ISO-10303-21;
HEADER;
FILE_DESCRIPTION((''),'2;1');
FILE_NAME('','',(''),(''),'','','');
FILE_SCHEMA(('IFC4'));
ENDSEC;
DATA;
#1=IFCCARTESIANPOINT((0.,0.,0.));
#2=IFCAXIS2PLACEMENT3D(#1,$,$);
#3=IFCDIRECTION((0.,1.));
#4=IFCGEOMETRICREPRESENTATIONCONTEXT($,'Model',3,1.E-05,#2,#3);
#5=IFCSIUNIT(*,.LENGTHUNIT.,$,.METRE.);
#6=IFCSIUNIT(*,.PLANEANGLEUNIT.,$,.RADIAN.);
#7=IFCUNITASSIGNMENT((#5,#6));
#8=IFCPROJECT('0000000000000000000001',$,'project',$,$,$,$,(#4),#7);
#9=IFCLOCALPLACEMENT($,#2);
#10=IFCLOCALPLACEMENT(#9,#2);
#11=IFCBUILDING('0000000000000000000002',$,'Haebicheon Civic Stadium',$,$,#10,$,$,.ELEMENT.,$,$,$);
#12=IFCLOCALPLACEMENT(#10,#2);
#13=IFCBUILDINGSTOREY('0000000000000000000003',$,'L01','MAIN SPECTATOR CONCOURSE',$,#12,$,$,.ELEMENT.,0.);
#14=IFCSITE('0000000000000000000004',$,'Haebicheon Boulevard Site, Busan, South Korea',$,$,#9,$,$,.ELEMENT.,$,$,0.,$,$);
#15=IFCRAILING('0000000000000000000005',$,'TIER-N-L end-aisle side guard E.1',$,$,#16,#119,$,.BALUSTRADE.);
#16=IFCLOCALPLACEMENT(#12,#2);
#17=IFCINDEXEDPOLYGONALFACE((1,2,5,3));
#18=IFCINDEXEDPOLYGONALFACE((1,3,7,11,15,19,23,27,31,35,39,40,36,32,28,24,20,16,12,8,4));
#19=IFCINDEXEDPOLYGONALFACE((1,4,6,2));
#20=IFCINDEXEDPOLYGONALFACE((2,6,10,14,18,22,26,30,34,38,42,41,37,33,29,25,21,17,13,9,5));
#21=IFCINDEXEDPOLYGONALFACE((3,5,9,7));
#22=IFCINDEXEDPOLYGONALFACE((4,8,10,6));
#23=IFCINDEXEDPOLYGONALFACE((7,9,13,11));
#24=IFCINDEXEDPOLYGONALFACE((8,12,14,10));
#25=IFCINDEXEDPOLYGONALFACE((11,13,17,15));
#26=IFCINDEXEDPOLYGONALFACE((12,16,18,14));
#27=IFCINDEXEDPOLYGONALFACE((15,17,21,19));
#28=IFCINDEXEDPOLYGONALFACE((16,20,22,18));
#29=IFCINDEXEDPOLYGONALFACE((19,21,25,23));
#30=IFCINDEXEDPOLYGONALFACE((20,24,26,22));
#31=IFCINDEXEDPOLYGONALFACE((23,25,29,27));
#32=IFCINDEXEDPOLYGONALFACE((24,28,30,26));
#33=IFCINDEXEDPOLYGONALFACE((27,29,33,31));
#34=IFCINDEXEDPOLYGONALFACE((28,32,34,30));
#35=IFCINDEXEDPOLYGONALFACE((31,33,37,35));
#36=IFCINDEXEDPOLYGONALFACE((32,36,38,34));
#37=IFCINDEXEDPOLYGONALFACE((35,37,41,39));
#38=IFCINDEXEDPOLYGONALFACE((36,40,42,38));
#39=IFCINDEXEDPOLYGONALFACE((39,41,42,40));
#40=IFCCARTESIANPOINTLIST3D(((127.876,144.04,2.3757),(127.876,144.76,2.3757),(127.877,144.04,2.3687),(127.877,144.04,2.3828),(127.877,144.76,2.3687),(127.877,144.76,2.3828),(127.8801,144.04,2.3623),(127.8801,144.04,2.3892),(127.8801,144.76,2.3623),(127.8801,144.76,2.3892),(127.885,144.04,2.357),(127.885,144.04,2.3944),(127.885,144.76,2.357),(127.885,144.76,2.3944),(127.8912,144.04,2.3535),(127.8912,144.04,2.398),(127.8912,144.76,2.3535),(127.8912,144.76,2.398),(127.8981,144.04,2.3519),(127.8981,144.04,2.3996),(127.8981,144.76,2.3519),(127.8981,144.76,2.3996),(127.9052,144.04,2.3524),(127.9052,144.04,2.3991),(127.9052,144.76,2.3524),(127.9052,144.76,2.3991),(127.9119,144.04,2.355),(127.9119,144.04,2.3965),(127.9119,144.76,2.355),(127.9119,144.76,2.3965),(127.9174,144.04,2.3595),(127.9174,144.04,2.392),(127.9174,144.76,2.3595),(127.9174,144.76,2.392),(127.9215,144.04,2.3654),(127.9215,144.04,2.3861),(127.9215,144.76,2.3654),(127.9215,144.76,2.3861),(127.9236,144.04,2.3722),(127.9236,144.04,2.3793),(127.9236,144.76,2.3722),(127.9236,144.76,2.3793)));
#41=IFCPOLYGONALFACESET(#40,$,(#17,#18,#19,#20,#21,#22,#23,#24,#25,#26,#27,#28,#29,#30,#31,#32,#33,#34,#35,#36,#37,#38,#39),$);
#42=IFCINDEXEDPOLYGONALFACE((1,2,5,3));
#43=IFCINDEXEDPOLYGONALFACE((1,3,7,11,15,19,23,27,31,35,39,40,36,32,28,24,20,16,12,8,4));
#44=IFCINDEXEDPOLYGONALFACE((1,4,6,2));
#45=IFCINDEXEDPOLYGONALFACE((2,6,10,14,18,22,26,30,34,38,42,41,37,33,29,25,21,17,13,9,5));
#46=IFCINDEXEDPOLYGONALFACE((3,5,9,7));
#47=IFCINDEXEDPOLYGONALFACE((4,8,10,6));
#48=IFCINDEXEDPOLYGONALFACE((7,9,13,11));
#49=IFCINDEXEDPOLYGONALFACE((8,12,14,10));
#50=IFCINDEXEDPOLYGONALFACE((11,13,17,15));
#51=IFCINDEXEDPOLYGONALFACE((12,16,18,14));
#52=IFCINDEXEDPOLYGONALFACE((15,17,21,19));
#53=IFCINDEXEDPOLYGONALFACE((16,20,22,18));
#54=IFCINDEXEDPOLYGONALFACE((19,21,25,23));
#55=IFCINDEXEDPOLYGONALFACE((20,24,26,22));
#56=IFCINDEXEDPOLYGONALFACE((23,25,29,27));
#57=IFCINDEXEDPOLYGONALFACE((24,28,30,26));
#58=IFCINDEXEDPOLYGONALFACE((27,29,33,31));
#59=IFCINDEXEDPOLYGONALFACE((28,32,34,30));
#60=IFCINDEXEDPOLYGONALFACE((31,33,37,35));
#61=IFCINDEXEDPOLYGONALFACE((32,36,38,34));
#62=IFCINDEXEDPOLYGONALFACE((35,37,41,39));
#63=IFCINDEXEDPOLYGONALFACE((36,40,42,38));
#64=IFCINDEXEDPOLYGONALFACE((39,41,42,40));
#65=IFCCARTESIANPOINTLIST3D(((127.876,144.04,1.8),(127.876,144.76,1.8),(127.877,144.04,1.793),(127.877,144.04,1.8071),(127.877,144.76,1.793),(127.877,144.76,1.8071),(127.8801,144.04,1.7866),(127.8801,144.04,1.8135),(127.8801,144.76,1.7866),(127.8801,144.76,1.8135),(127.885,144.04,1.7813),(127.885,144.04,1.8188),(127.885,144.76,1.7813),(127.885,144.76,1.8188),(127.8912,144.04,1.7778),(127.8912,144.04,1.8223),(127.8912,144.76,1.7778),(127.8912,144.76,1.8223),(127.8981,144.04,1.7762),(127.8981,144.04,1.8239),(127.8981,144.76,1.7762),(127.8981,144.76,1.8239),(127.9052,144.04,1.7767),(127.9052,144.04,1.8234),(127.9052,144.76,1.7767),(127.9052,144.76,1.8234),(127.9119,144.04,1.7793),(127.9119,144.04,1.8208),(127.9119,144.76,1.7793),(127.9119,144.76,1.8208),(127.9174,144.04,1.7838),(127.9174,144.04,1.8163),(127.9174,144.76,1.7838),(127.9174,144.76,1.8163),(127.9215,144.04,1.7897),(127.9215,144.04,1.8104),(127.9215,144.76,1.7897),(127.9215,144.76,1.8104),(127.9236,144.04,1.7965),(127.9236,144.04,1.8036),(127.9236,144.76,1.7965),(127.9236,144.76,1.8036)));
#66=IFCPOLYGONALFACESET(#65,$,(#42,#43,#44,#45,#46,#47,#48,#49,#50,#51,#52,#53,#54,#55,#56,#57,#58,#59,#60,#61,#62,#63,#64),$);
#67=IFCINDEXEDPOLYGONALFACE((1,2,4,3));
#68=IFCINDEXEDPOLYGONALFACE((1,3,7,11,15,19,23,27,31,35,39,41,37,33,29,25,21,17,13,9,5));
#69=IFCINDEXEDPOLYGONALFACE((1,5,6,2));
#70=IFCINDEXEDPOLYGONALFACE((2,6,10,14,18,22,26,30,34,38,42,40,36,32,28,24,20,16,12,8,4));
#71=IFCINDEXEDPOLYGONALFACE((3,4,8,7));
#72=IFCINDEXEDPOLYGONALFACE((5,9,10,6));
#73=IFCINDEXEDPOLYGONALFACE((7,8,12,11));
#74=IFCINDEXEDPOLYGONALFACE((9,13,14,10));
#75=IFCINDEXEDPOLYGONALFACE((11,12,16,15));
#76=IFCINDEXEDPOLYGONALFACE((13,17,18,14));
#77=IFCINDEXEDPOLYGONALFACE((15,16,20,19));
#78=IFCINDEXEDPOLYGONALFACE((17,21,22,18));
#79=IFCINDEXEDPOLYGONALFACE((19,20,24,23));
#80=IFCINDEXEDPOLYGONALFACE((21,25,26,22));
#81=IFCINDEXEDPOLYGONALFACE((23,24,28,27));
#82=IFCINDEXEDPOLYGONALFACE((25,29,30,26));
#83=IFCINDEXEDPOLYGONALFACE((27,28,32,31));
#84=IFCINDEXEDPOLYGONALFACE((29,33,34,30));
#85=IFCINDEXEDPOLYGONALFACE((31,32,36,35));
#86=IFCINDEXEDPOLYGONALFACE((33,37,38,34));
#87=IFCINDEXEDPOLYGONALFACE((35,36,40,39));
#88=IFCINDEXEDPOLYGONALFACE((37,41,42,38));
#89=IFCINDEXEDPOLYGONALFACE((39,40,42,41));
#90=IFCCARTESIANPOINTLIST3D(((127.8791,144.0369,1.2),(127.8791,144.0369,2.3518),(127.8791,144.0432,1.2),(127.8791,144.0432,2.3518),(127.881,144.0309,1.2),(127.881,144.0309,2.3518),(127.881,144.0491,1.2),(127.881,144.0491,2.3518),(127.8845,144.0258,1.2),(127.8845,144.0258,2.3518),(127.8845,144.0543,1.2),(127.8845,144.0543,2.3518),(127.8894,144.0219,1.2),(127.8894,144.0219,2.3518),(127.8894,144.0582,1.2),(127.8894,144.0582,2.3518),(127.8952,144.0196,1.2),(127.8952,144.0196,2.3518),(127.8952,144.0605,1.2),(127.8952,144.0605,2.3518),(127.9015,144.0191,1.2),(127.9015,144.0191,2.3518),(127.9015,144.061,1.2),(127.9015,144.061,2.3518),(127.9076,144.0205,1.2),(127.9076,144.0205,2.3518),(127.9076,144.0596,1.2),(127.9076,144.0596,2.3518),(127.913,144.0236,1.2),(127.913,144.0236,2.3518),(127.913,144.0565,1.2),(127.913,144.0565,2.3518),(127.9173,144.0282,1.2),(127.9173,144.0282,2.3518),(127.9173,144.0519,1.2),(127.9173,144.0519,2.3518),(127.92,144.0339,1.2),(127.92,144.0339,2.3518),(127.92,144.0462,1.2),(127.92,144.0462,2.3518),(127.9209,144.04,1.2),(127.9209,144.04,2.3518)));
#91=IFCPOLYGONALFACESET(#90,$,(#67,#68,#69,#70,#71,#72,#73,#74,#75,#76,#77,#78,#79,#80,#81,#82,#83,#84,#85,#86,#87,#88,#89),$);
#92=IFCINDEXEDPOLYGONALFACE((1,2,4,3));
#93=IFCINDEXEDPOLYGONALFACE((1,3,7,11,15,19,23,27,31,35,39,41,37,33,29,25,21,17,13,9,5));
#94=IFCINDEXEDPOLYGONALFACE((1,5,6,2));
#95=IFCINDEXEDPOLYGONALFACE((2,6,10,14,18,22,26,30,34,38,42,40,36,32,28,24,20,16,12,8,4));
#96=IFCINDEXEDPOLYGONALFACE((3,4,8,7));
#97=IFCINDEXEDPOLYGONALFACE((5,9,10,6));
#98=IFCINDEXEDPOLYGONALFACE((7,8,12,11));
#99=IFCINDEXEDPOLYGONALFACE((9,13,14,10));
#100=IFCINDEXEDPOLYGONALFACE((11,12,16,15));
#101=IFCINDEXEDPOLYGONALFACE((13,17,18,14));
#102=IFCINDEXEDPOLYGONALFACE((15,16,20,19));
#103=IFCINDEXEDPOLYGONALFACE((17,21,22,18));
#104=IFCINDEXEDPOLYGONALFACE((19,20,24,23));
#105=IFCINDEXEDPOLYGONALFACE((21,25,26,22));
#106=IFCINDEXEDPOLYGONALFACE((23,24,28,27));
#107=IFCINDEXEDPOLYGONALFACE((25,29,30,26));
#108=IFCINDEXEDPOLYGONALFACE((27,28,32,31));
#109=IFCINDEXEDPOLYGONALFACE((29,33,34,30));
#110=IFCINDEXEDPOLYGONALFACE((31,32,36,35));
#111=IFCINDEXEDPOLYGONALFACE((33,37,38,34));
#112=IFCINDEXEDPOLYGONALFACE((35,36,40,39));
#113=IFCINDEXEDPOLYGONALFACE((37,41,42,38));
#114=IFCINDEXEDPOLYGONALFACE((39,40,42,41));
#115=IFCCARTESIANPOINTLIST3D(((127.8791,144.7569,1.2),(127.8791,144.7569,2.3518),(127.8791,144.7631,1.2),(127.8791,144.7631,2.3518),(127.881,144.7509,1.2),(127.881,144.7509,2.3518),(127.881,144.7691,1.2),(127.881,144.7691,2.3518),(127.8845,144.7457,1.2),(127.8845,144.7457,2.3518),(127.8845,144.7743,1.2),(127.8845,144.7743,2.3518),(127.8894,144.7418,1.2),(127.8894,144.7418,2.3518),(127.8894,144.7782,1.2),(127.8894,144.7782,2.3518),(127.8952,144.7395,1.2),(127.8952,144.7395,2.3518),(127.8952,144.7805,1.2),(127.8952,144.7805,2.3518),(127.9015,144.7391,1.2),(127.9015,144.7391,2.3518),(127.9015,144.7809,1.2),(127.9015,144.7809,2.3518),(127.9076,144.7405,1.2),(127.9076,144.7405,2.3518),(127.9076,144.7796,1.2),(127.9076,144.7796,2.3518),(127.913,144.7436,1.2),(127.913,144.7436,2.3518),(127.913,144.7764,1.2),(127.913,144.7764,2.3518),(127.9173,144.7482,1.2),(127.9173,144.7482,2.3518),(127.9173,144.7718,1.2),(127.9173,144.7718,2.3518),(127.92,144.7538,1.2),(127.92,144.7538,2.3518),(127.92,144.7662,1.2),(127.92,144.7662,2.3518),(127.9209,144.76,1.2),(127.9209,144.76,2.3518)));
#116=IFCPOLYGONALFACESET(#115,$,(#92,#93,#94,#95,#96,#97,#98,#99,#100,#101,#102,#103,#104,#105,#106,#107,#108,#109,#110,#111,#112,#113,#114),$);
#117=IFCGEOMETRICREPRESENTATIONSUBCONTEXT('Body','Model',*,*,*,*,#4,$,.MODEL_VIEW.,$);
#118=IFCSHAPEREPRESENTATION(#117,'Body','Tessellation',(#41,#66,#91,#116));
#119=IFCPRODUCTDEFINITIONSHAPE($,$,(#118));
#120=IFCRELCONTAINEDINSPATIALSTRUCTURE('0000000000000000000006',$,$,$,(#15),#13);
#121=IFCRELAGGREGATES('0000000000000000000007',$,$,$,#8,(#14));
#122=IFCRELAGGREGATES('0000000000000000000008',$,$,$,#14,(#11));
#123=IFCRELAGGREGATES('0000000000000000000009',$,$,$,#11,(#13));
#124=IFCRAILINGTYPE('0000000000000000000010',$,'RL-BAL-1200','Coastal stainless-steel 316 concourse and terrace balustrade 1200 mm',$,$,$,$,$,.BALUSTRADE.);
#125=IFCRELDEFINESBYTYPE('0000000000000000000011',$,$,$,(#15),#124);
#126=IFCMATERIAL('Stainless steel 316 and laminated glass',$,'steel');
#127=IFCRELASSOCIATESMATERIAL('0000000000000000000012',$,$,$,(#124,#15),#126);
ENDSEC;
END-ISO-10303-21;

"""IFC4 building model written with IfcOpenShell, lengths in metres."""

from ifc_helpers import new_model, si_unit, direction, frame, origin, origin_2d, place, context, subcontext, project, spatial, circle, extrude, material, type_object, element, save


model = new_model("IFC4")

# Units and contexts
model_context = context("Model", 3, precision=1e-05, world=origin(), true_north=direction((0.0, 1.0)))
body_context = subcontext(model_context, "Body", "Model", "MODEL_VIEW")
ifc_project = project(units=[si_unit("LENGTHUNIT", "METRE"), si_unit("PLANEANGLEUNIT", "RADIAN")], contexts=[model_context])

# Site, building, storey
site_placement = place(None, origin())
site = spatial("IfcSite", under=ifc_project, at=site_placement, Name="Haebicheon Boulevard Site, Busan, South Korea", CompositionType="ELEMENT", RefElevation=0.0)
building_placement = place(site_placement, origin())
building = spatial("IfcBuilding", under=site, at=building_placement, Name="Haebicheon Civic Stadium", CompositionType="ELEMENT")
storey_placement = place(building_placement, origin())
storey = spatial("IfcBuildingStorey", under=building, at=storey_placement, Name="L01", Description="MAIN SPECTATOR CONCOURSE", CompositionType="ELEMENT", Elevation=0.0)

# Railing
ifc_material_1 = material(Name="Stainless steel 316 and laminated glass", Category="steel")
railing_type = type_object("IfcRailingType", Name="RL-BAL-1200", Description="Coastal stainless-steel 316 concourse and terrace balustrade 1200 mm", PredefinedType="BALUSTRADE", material=ifc_material_1)
railing_1_placement = place(storey_placement, frame((127.8999, 144.04, 1.2)))
element("IfcRailing", 1, at=railing_1_placement, inside=storey, type_object=railing_type, material=ifc_material_1, Name="TIER-N-L end-aisle side guard E.1", PredefinedType="BALUSTRADE", context=body_context, shape_type="SweptSolid", body=[
    extrude(circle(Radius=0.0239, at=origin_2d()), frame((0.0, 0.0, 1.1758), z_axis=(0.0, 1.0, 0.0), x_axis=(-1.0, 0.0, 0.0)), (0.0, 0.0, 1.0), 0.72),
    extrude(circle(Radius=0.0239, at=origin_2d()), frame((0.0, 0.0, 0.6001), z_axis=(0.0, 1.0, 0.0), x_axis=(-1.0, 0.0, 0.0)), (0.0, 0.0, 1.0), 0.72),
    extrude(circle(Radius=0.021, at=origin_2d()), origin(), (0.0, 0.0, 1.0), 1.1519),
    extrude(circle(Radius=0.021, at=origin_2d()), frame((0.0, 0.72, 0.0)), (0.0, 0.0, 1.0), 1.1519),
])

save(model, "model.ifc")
